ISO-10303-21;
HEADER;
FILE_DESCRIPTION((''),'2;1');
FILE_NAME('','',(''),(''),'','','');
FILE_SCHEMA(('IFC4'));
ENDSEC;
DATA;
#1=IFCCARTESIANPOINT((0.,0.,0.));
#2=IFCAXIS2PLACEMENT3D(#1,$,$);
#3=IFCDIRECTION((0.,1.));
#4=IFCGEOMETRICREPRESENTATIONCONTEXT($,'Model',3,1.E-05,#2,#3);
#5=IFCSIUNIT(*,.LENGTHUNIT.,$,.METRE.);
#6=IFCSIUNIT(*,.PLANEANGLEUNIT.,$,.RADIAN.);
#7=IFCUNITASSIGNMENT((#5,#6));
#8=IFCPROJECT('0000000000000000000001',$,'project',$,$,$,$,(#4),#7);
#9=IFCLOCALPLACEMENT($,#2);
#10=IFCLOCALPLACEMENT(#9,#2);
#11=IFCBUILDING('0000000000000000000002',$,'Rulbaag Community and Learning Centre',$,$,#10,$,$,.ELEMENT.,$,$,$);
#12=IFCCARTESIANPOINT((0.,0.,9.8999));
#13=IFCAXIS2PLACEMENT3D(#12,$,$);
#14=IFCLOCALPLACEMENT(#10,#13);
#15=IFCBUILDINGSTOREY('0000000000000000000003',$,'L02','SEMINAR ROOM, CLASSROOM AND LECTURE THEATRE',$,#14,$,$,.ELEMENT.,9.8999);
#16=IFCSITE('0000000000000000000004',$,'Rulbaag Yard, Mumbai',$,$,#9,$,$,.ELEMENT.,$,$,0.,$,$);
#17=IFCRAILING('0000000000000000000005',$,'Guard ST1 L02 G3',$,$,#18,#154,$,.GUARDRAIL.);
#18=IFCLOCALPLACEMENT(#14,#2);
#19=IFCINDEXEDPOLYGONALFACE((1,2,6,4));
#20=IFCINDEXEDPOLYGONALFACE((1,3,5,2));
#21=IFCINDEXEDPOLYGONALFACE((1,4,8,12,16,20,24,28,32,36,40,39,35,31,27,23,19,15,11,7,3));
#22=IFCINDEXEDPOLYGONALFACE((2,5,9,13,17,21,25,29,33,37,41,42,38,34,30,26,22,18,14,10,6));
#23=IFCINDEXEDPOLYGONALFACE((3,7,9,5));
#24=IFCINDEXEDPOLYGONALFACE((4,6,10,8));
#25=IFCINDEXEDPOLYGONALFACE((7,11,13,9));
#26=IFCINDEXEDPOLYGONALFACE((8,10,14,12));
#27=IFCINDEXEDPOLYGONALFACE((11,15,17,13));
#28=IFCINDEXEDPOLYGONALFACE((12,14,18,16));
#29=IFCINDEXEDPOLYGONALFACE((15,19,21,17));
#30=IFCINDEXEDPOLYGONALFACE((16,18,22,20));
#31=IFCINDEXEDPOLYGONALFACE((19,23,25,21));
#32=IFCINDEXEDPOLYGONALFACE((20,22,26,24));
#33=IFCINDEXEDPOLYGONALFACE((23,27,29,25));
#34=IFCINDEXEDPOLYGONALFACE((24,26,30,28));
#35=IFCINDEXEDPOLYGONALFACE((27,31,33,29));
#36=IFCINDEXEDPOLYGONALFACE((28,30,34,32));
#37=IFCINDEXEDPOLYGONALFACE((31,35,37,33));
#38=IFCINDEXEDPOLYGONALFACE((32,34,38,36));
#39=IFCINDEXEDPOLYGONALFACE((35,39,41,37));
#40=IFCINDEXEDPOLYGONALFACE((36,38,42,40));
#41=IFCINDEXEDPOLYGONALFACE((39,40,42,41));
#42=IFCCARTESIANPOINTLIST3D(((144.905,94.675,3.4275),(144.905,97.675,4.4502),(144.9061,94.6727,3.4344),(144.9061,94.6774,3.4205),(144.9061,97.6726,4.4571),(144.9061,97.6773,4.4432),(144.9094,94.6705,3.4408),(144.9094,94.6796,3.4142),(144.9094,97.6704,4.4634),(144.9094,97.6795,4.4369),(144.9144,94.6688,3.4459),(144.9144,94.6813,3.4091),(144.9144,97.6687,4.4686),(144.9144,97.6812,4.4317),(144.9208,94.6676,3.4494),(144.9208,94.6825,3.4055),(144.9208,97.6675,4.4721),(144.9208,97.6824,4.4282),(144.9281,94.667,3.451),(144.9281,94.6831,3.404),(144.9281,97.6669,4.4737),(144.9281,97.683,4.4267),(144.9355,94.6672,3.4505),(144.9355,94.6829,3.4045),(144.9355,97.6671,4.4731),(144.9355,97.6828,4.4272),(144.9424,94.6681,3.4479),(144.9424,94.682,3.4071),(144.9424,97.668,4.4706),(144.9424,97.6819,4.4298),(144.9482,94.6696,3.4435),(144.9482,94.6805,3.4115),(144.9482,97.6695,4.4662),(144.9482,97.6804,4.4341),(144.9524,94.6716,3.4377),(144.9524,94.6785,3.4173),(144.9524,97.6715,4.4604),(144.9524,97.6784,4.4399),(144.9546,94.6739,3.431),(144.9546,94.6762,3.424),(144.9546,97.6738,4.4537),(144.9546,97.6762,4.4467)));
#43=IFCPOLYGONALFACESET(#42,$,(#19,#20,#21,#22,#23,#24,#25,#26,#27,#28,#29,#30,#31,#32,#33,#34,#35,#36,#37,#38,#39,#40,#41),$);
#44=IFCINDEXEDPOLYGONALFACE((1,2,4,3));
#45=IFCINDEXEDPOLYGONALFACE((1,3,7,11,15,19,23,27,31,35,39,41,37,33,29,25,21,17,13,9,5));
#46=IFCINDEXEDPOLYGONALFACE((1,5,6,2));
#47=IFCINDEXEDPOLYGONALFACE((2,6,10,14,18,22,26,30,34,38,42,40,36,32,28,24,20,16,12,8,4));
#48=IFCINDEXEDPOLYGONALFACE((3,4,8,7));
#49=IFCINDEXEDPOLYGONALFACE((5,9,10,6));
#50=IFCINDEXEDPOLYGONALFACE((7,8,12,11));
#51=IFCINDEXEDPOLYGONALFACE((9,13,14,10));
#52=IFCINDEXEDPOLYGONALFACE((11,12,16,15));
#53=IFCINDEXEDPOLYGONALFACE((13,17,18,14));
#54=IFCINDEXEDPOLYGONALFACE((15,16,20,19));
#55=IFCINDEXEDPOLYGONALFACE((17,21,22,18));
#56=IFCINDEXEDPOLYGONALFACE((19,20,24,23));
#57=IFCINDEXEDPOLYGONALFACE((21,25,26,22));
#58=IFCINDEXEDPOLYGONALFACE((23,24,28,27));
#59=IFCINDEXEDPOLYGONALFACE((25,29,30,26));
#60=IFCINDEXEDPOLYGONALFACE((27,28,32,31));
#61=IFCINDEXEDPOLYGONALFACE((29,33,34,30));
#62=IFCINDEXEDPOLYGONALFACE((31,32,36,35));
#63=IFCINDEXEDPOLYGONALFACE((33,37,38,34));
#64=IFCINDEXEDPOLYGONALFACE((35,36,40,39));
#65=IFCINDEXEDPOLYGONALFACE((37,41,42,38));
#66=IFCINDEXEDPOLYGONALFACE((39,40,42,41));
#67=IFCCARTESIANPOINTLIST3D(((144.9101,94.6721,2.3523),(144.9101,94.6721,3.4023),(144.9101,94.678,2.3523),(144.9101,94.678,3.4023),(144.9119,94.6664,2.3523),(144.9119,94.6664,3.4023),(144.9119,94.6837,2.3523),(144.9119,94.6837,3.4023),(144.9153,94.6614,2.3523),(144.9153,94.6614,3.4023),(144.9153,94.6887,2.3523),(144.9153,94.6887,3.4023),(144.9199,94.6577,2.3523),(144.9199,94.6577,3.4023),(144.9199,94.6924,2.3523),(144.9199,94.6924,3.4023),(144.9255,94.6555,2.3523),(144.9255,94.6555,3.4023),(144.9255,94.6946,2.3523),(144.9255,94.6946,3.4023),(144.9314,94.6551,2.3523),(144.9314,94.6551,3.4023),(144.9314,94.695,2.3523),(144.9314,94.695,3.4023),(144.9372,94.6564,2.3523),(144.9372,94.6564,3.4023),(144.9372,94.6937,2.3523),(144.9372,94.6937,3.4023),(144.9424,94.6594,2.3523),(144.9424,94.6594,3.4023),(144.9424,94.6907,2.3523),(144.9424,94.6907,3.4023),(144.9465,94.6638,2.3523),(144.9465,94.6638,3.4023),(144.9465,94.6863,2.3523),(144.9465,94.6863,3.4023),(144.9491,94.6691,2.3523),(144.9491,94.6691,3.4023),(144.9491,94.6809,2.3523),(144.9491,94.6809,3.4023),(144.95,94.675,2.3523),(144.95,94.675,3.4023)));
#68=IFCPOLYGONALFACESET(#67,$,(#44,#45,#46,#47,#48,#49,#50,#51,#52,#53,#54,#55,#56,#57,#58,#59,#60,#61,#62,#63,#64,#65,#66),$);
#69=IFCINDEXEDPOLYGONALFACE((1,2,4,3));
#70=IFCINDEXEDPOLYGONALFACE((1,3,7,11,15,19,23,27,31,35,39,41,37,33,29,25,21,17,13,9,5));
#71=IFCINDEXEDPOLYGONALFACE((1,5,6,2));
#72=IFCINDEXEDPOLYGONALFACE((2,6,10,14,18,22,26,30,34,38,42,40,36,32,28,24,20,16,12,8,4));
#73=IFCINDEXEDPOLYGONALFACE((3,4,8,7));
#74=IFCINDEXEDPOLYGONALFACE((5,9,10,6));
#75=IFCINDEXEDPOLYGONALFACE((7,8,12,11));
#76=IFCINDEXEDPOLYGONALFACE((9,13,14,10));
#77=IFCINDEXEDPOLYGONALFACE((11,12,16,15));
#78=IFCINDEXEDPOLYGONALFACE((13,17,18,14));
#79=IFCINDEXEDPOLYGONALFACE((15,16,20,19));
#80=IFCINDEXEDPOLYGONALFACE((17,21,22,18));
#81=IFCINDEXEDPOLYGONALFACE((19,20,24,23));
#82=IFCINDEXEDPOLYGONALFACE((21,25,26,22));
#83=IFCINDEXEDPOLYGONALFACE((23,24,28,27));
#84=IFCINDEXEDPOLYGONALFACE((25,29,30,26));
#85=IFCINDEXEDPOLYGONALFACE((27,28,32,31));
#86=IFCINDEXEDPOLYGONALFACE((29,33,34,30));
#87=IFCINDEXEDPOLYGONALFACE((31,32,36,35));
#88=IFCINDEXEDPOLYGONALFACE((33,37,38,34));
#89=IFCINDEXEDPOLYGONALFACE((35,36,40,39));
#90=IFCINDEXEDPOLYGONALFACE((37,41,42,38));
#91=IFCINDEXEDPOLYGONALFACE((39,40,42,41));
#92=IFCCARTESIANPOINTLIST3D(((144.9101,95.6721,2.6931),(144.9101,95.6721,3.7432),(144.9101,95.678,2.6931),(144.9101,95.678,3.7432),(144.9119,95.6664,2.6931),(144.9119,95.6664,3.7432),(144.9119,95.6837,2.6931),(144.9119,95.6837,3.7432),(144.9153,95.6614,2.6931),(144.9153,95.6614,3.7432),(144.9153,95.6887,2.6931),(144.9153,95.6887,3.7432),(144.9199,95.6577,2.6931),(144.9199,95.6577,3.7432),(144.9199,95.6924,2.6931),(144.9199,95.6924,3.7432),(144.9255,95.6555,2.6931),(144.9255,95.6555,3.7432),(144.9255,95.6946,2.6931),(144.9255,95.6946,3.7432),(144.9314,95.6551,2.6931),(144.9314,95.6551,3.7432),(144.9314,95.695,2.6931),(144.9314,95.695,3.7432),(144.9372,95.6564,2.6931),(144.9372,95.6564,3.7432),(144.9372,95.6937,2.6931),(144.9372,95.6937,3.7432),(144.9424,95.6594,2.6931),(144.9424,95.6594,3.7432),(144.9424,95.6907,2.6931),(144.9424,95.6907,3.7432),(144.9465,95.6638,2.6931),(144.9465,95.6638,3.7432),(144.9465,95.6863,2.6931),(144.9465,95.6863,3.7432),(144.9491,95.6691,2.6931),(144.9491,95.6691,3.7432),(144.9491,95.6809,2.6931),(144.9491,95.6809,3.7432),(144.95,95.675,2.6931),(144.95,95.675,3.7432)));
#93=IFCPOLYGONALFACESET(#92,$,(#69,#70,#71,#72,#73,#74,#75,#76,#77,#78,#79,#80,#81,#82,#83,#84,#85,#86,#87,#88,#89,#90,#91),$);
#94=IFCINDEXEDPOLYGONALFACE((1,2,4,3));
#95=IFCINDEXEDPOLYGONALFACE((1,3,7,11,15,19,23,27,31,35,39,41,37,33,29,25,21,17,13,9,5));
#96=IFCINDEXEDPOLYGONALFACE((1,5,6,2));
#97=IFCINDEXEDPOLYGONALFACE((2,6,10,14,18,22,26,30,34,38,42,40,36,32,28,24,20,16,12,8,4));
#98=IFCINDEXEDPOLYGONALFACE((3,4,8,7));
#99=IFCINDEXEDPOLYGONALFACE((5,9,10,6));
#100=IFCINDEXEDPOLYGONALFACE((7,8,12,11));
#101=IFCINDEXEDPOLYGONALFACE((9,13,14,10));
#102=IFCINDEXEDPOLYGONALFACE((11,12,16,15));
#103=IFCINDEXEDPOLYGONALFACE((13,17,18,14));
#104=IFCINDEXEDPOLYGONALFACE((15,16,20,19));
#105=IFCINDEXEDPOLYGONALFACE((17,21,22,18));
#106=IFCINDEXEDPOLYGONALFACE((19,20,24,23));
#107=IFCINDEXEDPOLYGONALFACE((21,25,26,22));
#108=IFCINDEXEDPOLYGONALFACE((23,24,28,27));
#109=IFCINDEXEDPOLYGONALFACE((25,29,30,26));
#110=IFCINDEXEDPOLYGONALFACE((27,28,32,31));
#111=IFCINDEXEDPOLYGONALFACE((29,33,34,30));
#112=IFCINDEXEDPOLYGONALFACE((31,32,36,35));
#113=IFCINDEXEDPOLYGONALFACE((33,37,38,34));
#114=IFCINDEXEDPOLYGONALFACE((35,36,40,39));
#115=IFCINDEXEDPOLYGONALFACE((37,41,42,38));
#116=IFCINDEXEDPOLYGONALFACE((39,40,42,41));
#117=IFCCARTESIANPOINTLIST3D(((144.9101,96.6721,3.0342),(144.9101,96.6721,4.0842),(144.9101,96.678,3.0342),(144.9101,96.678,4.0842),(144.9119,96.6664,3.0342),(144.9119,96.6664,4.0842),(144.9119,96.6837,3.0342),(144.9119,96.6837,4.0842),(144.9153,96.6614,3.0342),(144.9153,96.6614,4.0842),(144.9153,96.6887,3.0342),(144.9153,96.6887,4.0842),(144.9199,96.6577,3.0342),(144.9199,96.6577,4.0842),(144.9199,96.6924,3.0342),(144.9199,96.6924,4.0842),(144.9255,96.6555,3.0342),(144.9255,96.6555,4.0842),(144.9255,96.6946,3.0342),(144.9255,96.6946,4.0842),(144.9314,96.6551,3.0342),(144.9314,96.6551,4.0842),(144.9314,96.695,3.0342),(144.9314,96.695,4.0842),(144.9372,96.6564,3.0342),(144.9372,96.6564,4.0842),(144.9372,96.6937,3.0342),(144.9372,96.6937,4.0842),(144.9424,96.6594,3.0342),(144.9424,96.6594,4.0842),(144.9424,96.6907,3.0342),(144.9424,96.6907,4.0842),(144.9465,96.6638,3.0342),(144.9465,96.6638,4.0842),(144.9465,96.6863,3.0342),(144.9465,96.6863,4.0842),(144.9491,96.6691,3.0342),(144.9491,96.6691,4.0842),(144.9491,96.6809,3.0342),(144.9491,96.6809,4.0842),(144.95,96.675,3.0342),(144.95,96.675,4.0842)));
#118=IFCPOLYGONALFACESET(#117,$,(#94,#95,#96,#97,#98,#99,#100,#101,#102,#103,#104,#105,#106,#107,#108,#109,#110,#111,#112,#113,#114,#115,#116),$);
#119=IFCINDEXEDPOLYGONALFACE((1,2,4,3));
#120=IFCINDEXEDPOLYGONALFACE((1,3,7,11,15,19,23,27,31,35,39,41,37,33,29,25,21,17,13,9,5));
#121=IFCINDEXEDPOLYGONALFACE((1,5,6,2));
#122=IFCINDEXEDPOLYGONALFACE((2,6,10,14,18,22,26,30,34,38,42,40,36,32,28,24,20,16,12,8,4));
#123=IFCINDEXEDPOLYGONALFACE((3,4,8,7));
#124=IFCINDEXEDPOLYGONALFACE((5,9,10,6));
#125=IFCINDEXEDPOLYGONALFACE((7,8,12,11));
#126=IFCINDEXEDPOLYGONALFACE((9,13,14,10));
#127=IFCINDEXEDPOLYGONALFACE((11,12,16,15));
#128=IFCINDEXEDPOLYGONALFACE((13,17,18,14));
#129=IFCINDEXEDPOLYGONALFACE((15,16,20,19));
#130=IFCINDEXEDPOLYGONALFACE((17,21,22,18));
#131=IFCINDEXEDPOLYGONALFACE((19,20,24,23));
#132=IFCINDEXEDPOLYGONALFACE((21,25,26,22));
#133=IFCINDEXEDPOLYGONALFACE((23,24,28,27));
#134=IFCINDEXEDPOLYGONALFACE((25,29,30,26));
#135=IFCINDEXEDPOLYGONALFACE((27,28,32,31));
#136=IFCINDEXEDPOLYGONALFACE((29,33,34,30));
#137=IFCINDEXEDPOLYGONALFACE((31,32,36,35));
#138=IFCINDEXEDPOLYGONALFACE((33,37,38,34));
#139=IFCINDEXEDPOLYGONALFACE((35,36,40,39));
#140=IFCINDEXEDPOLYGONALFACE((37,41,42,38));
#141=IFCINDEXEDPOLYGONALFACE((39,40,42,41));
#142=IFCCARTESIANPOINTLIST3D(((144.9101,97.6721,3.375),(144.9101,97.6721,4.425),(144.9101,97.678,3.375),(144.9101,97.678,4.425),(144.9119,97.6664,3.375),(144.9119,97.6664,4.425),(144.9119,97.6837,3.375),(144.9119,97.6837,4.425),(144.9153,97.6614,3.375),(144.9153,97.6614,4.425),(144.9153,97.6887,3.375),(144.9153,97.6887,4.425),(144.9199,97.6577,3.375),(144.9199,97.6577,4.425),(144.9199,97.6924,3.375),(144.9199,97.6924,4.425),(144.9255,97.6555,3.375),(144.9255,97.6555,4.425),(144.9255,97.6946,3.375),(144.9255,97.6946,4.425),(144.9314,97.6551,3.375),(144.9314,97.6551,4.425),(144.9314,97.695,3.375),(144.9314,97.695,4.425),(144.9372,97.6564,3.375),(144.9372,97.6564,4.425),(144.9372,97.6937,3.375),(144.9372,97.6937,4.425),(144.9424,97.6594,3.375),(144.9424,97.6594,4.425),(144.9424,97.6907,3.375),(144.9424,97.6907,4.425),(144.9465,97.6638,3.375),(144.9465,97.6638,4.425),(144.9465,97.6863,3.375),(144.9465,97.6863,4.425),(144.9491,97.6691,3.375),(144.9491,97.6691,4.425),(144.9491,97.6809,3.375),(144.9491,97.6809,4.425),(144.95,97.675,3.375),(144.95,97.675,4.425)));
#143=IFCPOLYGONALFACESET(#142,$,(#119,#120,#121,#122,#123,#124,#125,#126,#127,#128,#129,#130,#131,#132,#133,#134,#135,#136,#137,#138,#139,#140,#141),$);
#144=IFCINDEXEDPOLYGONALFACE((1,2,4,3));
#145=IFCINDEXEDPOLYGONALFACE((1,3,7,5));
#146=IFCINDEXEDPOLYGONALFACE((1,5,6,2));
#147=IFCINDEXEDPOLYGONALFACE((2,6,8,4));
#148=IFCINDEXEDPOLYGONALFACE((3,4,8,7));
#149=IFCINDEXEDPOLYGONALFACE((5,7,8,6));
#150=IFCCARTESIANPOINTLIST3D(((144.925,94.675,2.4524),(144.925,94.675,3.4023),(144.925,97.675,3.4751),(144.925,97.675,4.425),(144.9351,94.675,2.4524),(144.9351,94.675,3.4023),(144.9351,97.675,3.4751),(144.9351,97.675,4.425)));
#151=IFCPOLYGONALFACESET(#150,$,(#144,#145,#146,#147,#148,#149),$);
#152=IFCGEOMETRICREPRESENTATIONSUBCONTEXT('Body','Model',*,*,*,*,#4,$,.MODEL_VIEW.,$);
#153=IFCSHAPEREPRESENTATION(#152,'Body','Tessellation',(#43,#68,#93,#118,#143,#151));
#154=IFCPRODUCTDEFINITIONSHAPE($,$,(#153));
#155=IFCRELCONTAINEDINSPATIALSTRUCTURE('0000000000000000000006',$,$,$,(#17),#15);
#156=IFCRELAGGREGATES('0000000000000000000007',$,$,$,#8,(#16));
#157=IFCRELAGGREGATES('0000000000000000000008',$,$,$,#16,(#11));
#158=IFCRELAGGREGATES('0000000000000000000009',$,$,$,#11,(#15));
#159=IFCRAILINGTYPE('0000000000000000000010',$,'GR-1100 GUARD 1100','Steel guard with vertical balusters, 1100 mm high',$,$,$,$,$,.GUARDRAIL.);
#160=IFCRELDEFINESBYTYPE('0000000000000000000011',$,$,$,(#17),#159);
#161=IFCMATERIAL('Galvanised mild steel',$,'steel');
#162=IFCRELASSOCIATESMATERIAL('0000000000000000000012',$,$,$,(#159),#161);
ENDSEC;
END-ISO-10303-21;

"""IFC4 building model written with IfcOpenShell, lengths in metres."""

from ifc_helpers import new_model, si_unit, direction, frame, origin, origin_2d, place, context, subcontext, project, spatial, polyline, circle, outline, extrude, material, type_object, element, save


model = new_model("IFC4")

# Units and contexts
model_context = context("Model", 3, precision=1e-05, world=origin(), true_north=direction((0.0, 1.0)))
body_context = subcontext(model_context, "Body", "Model", "MODEL_VIEW")
ifc_project = project(units=[si_unit("LENGTHUNIT", "METRE"), si_unit("PLANEANGLEUNIT", "RADIAN")], contexts=[model_context])

# Site, building, storey
site_placement = place(None, origin())
site = spatial("IfcSite", under=ifc_project, at=site_placement, Name="Rulbaag Yard, Mumbai", CompositionType="ELEMENT", RefElevation=0.0)
building_placement = place(site_placement, origin())
building = spatial("IfcBuilding", under=site, at=building_placement, Name="Rulbaag Community and Learning Centre", CompositionType="ELEMENT")
storey_placement = place(building_placement, frame((0.0, 0.0, 9.8999)))
storey = spatial("IfcBuildingStorey", under=building, at=storey_placement, Name="L02", Description="SEMINAR ROOM, CLASSROOM AND LECTURE THEATRE", CompositionType="ELEMENT", Elevation=9.8999)

# Railing
ifc_material_1 = material(Name="Galvanised mild steel", Category="steel")
railing_type_1 = type_object("IfcRailingType", Name="GR-1100 GUARD 1100", Description="Steel guard with vertical balusters, 1100 mm high", PredefinedType="GUARDRAIL", material=ifc_material_1)
railing_1_placement = place(storey_placement, frame((144.9299, 94.675, 2.3523)))
element("IfcRailing", 1, at=railing_1_placement, inside=storey, type_object=railing_type_1, Name="Guard ST1 L02 G3", PredefinedType="GUARDRAIL", context=body_context, shape_type="SweptSolid", body=[
    extrude(circle(Radius=0.0249, at=origin_2d()), frame((0.0, 0.0, 1.0752), z_axis=(0.0, 0.946512, 0.322668), x_axis=(-1.0, 0.0, 0.0)), (0.0, 0.0, 1.0), 3.1694),
    extrude(circle(Radius=0.02, at=origin_2d()), origin(), (0.0, 0.0, 1.0), 1.05),
    extrude(circle(Radius=0.02, at=origin_2d()), frame((0.0, 1.0, 0.3408)), (0.0, 0.0, 1.0), 1.05),
    extrude(circle(Radius=0.02, at=origin_2d()), frame((0.0, 2.0, 0.6819)), (0.0, 0.0, 1.0), 1.05),
    extrude(circle(Radius=0.02, at=origin_2d()), frame((0.0, 3.0, 1.0227)), (0.0, 0.0, 1.0), 1.05),
    extrude(outline(polyline([(0.0, 0.0), (3.0, 1.0227), (3.0, 1.9727), (0.0, 0.95), (0.0, 0.0)])), frame((-0.0049, 0.0, 0.1001), z_axis=(1.0, 0.0, 0.0), x_axis=(0.0, 1.0, 0.0)), (0.0, 0.0, 1.0), 0.01),
])

save(model, "model.ifc")
